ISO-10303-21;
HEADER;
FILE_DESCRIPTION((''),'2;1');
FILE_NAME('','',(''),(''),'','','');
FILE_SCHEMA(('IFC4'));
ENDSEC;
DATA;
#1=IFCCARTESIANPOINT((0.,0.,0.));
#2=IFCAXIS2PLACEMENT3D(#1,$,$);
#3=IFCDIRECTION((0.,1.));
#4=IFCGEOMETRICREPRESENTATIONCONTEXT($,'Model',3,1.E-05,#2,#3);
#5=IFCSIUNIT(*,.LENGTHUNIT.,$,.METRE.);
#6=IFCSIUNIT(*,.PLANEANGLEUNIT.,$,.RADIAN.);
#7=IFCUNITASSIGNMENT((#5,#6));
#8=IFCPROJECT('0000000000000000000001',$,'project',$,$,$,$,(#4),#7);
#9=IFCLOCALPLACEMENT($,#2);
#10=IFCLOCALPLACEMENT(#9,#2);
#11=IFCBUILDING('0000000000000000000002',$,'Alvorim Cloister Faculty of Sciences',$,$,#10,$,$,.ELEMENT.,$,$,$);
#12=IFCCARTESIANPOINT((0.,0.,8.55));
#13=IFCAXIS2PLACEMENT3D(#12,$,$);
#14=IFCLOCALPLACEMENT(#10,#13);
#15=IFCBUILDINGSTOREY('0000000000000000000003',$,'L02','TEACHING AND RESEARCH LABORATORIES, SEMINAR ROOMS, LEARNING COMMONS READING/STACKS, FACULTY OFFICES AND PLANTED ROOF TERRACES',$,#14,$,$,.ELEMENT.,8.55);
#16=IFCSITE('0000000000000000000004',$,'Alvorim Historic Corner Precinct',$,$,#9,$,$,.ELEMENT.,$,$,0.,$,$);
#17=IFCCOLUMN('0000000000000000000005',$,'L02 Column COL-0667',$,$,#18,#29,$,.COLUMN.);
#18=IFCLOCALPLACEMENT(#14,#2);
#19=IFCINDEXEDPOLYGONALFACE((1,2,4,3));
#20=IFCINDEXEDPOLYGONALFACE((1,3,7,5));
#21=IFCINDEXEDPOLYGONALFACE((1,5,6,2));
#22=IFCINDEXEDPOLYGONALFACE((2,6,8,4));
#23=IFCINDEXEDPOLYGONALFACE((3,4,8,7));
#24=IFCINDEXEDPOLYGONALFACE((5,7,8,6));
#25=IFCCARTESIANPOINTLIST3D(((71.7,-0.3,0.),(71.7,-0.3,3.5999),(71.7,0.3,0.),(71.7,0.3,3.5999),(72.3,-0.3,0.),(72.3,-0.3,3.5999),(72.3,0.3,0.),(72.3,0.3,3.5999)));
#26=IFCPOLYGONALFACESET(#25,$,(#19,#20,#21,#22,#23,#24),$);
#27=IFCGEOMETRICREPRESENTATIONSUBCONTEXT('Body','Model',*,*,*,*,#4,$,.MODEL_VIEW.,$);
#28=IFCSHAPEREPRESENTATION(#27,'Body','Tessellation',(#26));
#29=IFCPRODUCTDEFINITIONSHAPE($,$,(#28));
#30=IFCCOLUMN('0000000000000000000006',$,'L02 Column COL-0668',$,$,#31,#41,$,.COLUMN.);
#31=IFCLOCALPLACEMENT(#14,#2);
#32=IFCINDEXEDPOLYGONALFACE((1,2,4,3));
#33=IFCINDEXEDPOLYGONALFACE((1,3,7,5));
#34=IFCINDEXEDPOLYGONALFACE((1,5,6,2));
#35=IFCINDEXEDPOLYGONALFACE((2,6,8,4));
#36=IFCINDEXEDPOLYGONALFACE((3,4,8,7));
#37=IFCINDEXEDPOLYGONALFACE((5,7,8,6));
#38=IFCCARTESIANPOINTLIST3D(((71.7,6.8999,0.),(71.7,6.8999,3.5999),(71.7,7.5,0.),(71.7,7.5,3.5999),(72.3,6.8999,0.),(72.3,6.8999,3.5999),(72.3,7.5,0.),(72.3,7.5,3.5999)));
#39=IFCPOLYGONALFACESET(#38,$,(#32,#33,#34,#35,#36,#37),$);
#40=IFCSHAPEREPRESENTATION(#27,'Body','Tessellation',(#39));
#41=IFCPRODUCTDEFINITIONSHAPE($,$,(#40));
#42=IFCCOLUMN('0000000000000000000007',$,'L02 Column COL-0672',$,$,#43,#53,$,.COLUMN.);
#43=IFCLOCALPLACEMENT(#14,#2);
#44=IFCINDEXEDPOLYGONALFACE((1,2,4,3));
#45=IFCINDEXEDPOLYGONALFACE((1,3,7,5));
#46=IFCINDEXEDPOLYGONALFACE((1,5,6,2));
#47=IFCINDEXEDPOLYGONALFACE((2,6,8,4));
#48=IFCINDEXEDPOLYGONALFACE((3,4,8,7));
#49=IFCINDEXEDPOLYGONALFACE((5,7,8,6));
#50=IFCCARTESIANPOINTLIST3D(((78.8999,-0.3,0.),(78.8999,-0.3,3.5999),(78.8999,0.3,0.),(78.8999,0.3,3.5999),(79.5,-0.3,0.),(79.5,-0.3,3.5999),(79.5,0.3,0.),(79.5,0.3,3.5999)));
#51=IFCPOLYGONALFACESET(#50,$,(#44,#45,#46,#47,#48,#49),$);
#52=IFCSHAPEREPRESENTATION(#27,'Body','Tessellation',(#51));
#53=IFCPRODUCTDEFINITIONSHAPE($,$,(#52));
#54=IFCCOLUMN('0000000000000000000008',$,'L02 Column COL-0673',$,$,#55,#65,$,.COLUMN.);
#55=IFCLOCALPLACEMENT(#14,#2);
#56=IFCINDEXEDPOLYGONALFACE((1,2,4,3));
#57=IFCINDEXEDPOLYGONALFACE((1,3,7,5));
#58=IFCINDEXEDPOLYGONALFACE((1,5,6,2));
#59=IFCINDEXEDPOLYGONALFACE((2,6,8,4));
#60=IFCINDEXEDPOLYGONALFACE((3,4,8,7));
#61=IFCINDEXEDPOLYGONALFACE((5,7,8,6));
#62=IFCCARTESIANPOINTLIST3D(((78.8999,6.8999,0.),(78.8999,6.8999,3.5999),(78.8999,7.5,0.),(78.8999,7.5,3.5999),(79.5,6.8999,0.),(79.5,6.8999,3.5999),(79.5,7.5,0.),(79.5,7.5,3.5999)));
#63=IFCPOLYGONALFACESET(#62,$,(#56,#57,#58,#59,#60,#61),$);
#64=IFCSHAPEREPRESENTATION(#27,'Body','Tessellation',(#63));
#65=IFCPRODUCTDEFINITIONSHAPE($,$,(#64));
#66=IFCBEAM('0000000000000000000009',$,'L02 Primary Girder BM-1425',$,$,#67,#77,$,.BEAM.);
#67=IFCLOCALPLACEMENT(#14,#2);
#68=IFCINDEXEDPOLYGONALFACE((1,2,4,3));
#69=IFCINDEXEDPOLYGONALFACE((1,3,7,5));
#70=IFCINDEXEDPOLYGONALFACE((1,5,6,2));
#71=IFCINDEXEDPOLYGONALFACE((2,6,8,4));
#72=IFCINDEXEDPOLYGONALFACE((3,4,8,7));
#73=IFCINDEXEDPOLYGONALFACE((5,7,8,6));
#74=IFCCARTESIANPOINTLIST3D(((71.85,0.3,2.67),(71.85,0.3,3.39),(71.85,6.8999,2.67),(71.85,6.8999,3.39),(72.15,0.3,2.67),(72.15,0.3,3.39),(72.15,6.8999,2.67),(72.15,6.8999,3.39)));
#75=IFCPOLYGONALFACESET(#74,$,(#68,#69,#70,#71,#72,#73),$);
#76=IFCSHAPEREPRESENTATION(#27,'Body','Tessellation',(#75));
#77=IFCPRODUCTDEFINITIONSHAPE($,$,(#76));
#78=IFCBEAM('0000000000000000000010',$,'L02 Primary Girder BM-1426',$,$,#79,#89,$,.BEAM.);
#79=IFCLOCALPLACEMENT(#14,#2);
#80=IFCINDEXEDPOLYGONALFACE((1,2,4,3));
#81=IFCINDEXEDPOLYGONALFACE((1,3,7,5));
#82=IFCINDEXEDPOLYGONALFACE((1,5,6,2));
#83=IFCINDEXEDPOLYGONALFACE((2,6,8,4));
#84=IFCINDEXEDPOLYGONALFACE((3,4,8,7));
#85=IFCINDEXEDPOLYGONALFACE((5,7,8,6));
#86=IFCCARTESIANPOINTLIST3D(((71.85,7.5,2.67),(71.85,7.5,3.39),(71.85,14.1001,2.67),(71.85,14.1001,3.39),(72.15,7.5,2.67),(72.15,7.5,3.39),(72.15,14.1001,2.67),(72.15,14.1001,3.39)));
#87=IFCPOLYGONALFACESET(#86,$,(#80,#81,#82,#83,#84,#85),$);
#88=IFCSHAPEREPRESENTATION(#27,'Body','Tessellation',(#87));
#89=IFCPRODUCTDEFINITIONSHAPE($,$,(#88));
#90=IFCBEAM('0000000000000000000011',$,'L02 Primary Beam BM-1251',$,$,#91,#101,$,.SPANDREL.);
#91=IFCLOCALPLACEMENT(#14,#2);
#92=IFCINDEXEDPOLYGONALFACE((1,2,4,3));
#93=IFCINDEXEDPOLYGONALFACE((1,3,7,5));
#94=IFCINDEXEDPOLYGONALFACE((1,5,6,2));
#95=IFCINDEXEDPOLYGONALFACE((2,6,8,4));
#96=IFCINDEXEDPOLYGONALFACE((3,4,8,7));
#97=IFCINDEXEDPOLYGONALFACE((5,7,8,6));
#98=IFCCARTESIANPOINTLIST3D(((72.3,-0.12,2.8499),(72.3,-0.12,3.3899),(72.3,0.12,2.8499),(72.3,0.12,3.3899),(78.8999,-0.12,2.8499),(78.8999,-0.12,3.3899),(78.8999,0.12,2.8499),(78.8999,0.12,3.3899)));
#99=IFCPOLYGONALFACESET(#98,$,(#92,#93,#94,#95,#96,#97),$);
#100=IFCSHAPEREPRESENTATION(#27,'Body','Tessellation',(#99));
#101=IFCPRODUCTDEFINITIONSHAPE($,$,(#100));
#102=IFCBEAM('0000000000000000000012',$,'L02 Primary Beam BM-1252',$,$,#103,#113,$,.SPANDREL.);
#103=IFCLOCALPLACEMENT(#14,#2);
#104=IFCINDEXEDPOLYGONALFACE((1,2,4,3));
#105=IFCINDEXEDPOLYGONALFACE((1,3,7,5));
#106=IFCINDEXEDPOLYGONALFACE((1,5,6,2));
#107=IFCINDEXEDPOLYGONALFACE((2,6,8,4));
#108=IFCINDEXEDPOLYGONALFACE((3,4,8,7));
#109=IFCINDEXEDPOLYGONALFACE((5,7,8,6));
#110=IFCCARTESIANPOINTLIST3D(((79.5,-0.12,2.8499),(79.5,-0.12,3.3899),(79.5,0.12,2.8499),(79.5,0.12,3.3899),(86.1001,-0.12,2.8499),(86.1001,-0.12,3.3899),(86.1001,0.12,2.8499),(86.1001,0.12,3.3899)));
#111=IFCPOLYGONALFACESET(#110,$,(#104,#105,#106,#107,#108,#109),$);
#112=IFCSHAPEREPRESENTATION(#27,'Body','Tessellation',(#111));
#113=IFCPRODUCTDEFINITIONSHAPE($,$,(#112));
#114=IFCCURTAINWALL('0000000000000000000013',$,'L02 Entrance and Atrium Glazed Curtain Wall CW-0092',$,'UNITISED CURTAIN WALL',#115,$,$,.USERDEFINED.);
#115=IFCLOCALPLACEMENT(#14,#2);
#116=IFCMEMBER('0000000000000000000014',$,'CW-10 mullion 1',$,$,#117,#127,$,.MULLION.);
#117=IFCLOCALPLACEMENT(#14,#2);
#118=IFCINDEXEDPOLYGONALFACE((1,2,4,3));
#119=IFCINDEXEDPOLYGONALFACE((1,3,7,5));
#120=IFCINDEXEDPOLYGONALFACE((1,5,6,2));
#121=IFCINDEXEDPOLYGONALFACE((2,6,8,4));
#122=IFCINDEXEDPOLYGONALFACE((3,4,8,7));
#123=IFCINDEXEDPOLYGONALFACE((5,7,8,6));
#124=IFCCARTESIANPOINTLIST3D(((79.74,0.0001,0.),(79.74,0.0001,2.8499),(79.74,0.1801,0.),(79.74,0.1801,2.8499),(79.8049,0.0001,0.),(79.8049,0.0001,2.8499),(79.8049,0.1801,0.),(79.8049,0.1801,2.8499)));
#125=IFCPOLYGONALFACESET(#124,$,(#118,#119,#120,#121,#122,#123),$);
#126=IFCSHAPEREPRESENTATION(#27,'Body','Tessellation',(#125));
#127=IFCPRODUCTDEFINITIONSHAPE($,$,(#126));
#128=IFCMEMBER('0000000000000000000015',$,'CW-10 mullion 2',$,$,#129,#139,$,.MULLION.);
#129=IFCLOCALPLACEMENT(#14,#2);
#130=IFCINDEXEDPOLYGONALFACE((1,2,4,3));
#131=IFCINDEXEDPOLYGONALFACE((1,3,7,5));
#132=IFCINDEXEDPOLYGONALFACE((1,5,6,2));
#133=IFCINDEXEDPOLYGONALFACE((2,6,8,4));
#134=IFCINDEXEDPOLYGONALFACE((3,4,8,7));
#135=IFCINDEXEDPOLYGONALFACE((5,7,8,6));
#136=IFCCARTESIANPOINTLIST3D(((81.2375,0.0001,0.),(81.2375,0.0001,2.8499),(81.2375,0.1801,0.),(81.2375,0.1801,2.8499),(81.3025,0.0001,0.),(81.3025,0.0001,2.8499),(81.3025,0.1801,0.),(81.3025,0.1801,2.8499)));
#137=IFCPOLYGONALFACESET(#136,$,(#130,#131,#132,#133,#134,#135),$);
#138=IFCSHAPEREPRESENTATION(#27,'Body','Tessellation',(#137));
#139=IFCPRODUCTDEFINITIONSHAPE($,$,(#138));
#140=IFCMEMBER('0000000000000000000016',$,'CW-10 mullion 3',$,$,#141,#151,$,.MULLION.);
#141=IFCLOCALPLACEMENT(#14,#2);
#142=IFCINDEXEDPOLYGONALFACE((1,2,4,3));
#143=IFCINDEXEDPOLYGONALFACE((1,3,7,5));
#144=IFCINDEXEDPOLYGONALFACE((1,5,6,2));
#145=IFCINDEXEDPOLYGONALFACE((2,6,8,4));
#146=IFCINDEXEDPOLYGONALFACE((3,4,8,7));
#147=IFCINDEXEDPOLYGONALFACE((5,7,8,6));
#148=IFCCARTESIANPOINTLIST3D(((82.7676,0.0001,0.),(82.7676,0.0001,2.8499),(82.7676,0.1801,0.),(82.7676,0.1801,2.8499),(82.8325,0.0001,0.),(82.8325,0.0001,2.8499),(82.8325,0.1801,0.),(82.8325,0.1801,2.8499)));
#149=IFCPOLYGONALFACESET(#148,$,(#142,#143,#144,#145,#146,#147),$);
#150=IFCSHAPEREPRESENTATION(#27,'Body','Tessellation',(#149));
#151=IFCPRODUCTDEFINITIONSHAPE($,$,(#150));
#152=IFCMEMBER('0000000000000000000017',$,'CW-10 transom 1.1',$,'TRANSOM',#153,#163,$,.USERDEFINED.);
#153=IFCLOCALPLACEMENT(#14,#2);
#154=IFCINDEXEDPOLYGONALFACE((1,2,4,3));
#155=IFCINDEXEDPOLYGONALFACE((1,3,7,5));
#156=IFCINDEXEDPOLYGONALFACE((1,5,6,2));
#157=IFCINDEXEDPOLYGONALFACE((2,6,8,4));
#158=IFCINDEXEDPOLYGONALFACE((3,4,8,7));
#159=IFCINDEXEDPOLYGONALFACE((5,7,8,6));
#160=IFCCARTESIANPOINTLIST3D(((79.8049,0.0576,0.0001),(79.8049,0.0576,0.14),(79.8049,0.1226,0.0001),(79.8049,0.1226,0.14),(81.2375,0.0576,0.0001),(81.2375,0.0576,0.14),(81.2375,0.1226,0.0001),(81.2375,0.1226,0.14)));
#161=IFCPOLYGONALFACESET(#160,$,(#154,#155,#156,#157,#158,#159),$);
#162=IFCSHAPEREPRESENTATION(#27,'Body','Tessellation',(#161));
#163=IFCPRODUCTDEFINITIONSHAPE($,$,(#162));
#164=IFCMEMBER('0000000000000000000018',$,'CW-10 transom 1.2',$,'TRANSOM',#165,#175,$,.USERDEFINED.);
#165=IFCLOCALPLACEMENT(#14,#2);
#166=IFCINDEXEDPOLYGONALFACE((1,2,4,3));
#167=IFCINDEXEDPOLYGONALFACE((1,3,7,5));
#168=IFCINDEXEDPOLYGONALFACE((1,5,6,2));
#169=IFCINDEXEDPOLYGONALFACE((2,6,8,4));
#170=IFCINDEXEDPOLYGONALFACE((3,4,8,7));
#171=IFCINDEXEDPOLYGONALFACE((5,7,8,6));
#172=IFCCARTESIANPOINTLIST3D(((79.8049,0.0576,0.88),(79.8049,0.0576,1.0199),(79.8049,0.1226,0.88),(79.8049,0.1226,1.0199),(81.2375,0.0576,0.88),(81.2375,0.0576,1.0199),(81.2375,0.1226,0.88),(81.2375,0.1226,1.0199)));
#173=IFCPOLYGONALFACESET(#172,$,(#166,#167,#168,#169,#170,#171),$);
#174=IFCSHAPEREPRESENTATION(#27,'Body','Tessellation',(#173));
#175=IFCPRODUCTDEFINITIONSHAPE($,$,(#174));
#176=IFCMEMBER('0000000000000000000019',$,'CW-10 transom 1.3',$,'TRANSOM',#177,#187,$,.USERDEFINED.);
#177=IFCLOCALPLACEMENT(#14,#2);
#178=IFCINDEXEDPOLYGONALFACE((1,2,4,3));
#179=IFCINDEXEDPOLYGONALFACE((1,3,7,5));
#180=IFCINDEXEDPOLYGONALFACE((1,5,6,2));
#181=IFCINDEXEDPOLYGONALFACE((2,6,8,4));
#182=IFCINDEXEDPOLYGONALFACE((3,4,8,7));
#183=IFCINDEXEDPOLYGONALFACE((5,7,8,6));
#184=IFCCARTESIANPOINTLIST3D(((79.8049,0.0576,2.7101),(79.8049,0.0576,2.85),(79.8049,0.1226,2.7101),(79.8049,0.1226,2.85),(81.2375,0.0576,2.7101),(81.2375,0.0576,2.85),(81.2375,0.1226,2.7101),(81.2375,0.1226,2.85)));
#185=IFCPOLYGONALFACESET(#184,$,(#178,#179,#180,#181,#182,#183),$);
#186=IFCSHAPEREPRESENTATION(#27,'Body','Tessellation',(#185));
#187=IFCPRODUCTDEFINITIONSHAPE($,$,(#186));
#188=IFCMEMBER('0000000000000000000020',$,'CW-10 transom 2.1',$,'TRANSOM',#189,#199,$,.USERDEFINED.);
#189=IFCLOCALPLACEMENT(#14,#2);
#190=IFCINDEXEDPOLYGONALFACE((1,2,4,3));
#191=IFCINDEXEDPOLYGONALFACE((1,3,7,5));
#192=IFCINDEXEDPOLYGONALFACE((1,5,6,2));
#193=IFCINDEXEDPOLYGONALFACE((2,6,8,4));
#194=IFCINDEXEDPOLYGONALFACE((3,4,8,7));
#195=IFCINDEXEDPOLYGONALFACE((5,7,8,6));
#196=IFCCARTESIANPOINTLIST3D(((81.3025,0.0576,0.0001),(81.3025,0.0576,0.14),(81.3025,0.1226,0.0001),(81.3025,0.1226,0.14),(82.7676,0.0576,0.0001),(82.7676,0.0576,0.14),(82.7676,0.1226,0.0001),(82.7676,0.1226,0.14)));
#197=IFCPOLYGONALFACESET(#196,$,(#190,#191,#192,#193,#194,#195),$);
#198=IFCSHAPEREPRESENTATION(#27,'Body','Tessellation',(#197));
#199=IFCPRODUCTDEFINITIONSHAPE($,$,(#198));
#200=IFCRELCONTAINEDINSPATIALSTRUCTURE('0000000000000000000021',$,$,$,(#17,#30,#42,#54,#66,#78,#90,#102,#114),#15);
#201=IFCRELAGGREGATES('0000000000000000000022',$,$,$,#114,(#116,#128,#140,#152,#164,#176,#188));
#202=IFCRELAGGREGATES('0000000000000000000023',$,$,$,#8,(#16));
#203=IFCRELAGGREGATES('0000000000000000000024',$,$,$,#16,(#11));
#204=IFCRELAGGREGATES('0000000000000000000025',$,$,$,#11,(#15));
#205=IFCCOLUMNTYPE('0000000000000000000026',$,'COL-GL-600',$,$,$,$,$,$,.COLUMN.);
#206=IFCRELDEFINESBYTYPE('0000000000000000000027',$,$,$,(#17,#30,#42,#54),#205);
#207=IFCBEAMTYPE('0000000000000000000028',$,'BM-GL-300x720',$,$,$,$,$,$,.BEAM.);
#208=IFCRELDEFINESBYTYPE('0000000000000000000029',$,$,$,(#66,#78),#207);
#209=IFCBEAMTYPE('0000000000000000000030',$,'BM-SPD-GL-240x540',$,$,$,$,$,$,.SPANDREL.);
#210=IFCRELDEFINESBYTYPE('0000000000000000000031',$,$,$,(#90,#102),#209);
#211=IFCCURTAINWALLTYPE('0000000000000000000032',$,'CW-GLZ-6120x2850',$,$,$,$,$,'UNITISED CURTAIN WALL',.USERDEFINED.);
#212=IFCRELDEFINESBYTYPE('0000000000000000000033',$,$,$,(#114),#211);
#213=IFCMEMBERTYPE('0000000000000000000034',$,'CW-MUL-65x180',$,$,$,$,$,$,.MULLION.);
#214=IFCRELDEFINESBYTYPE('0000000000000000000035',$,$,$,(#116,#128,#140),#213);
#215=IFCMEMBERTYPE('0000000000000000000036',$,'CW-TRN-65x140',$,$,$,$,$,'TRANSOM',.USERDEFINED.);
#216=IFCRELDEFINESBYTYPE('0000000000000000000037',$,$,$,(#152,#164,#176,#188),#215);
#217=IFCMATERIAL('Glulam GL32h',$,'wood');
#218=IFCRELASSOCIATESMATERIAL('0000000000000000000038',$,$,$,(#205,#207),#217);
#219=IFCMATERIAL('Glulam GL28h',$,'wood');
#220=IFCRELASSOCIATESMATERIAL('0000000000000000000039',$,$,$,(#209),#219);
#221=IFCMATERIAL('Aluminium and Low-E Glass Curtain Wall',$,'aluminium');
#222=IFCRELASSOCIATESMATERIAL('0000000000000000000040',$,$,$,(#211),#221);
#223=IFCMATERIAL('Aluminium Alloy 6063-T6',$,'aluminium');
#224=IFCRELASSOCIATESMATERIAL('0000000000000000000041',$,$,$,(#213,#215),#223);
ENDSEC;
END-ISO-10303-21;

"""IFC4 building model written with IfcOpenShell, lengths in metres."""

from ifc_helpers import new_model, si_unit, direction, frame, origin, origin_2d, place, context, subcontext, project, spatial, rectangle, extrude, material, material_profile, profile_set, type_object, element, aggregate, save


model = new_model("IFC4")

# Units and contexts
model_context = context("Model", 3, precision=1e-05, world=origin(), true_north=direction((0.0, 1.0)))
body_context = subcontext(model_context, "Body", "Model", "MODEL_VIEW")
ifc_project = project(units=[si_unit("LENGTHUNIT", "METRE"), si_unit("PLANEANGLEUNIT", "RADIAN")], contexts=[model_context])

# Site, building, storey
site_placement = place(None, origin())
site = spatial("IfcSite", under=ifc_project, at=site_placement, Name="Alvorim Historic Corner Precinct", CompositionType="ELEMENT", RefElevation=0.0)
building_placement = place(site_placement, origin())
building = spatial("IfcBuilding", under=site, at=building_placement, Name="Alvorim Cloister Faculty of Sciences", CompositionType="ELEMENT")
storey_placement = place(building_placement, frame((0.0, 0.0, 8.55)))
storey = spatial("IfcBuildingStorey", under=building, at=storey_placement, Name="L02", Description="TEACHING AND RESEARCH LABORATORIES, SEMINAR ROOMS, LEARNING COMMONS READING/STACKS, FACULTY OFFICES AND PLANTED ROOF TERRACES", CompositionType="ELEMENT", Elevation=8.55)

# Columns
ifc_material_1 = material(Name="Glulam GL32h", Category="wood")
ifc_material_profile_1 = material_profile(ifc_material_1, rectangle(XDim=0.6001, YDim=0.6001, at=origin_2d()), Name="GL32-COL-600x600")
ifc_profile_set_1 = profile_set([ifc_material_profile_1], Name="Glulam GL32h")
column_type = type_object("IfcColumnType", Name="COL-GL-600", PredefinedType="COLUMN", material=ifc_profile_set_1)
for number, where, z_axis, x_axis, name in (
    (1, (72.0, 0.0, 0.0), (0.0, 0.0, 1.0), (1.0, 0.0, 0.0), "L02 Column COL-0667"),
    (2, (72.0, 7.2, 0.0), (0.0, 0.0, 1.0), (1.0, 0.0, 0.0), "L02 Column COL-0668"),
    (3, (79.2, 0.0, 0.0), (0.0, 0.0, 1.0), (1.0, 0.0, 0.0), "L02 Column COL-0672"),
    (4, (79.2, 7.2, 0.0), (0.0, 0.0, 1.0), (1.0, 0.0, 0.0), "L02 Column COL-0673"),
):
    element("IfcColumn", number, at=place(storey_placement, frame(where, z_axis=z_axis, x_axis=x_axis)), inside=storey, type_object=column_type, Name=name, PredefinedType="COLUMN", context=body_context, shape_type="SweptSolid", body=[
        extrude(rectangle(XDim=0.6001, YDim=0.6001, at=origin_2d()), origin(), (0.0, 0.0, 1.0), 3.5999),
    ])

# Beams
ifc_material_profile_2 = material_profile(ifc_material_1, rectangle(XDim=0.3, YDim=0.72, at=origin_2d()), Name="GL32-BM-300x720")
ifc_profile_set_2 = profile_set([ifc_material_profile_2], Name="Glulam GL32h")
beam_type_1 = type_object("IfcBeamType", Name="BM-GL-300x720", PredefinedType="BEAM", material=ifc_profile_set_2)
beam_1_placement = place(storey_placement, frame((72.0, 0.3, 3.03), z_axis=(0.0, 1.0, 0.0), x_axis=(-1.0, 0.0, 0.0)))
element("IfcBeam", 5, at=beam_1_placement, inside=storey, type_object=beam_type_1, Name="L02 Primary Girder BM-1425", PredefinedType="BEAM", context=body_context, shape_type="SweptSolid", body=[
    extrude(rectangle(XDim=0.3, YDim=0.72, at=origin_2d()), origin(), (0.0, 0.0, 1.0), 6.5999),
])
beam_2_placement = place(storey_placement, frame((72.0, 7.5, 3.03), z_axis=(0.0, 1.0, 0.0), x_axis=(-1.0, 0.0, 0.0)))
element("IfcBeam", 6, at=beam_2_placement, inside=storey, type_object=beam_type_1, Name="L02 Primary Girder BM-1426", PredefinedType="BEAM", context=body_context, shape_type="SweptSolid", body=[
    extrude(rectangle(XDim=0.3, YDim=0.72, at=origin_2d()), origin(), (0.0, 0.0, 1.0), 6.6001),
])
ifc_material_2 = material(Name="Glulam GL28h", Category="wood")
ifc_material_profile_3 = material_profile(ifc_material_2, rectangle(XDim=0.24, YDim=0.54, at=origin_2d()), Name="GL28-SPD-240x540")
ifc_profile_set_3 = profile_set([ifc_material_profile_3], Name="Glulam GL28h")
beam_type_2 = type_object("IfcBeamType", Name="BM-SPD-GL-240x540", PredefinedType="SPANDREL", material=ifc_profile_set_3)
beam_3_placement = place(storey_placement, frame((72.3, 0.0, 3.1199), z_axis=(1.0, 0.0, 0.0), x_axis=(0.0, 1.0, 0.0)))
element("IfcBeam", 7, at=beam_3_placement, inside=storey, type_object=beam_type_2, Name="L02 Primary Beam BM-1251", PredefinedType="SPANDREL", context=body_context, shape_type="SweptSolid", body=[
    extrude(rectangle(XDim=0.24, YDim=0.54, at=origin_2d()), origin(), (0.0, 0.0, 1.0), 6.5999),
])
beam_4_placement = place(storey_placement, frame((79.5, 0.0, 3.1199), z_axis=(1.0, 0.0, 0.0), x_axis=(0.0, 1.0, 0.0)))
element("IfcBeam", 8, at=beam_4_placement, inside=storey, type_object=beam_type_2, Name="L02 Primary Beam BM-1252", PredefinedType="SPANDREL", context=body_context, shape_type="SweptSolid", body=[
    extrude(rectangle(XDim=0.24, YDim=0.54, at=origin_2d()), origin(), (0.0, 0.0, 1.0), 6.6001),
])

# Curtain wall, members
ifc_material_3 = material(Name="Aluminium and Low-E Glass Curtain Wall", Category="aluminium")
curtain_wall_type = type_object("IfcCurtainWallType", Name="CW-GLZ-6120x2850", ElementType="UNITISED CURTAIN WALL", PredefinedType="USERDEFINED", material=ifc_material_3)
curtain_wall_placement = place(storey_placement, origin())
curtain_wall = element("IfcCurtainWall", 9, at=curtain_wall_placement, inside=storey, type_object=curtain_wall_type, Name="L02 Entrance and Atrium Glazed Curtain Wall CW-0092", ObjectType="UNITISED CURTAIN WALL", PredefinedType="USERDEFINED")
ifc_material_4 = material(Name="Aluminium Alloy 6063-T6", Category="aluminium")
ifc_material_profile_4 = material_profile(ifc_material_4, rectangle(XDim=0.0649, YDim=0.1799, at=origin_2d()), Name="ALU-MUL-65x180")
ifc_profile_set_4 = profile_set([ifc_material_profile_4], Name="Aluminium Alloy 6063-T6")
member_type_1 = type_object("IfcMemberType", Name="CW-MUL-65x180", PredefinedType="MULLION", material=ifc_profile_set_4)
member_1_placement = place(storey_placement, frame((79.7725, 0.0901, 0.0), z_axis=(0.0, 0.0, 1.0), x_axis=(1.0, 0.0, 0.0)))
member_1 = element("IfcMember", 10, at=member_1_placement, type_object=member_type_1, Name="CW-10 mullion 1", PredefinedType="MULLION", context=body_context, shape_type="SweptSolid", body=[
    extrude(rectangle(XDim=0.0649, YDim=0.1799, at=origin_2d()), origin(), (0.0, 0.0, 1.0), 2.8499),
])
member_2_placement = place(storey_placement, frame((81.27, 0.0901, 0.0), z_axis=(0.0, 0.0, 1.0), x_axis=(1.0, 0.0, 0.0)))
member_2 = element("IfcMember", 11, at=member_2_placement, type_object=member_type_1, Name="CW-10 mullion 2", PredefinedType="MULLION", context=body_context, shape_type="SweptSolid", body=[
    extrude(rectangle(XDim=0.0649, YDim=0.1799, at=origin_2d()), origin(), (0.0, 0.0, 1.0), 2.8499),
])
member_3_placement = place(storey_placement, frame((82.8, 0.0901, 0.0), z_axis=(0.0, 0.0, 1.0), x_axis=(1.0, 0.0, 0.0)))
member_3 = element("IfcMember", 12, at=member_3_placement, type_object=member_type_1, Name="CW-10 mullion 3", PredefinedType="MULLION", context=body_context, shape_type="SweptSolid", body=[
    extrude(rectangle(XDim=0.0649, YDim=0.1799, at=origin_2d()), origin(), (0.0, 0.0, 1.0), 2.8499),
])
ifc_material_profile_5 = material_profile(ifc_material_4, rectangle(XDim=0.0649, YDim=0.1399, at=origin_2d()), Name="ALU-TRN-65x140")
ifc_profile_set_5 = profile_set([ifc_material_profile_5], Name="Aluminium Alloy 6063-T6")
member_type_2 = type_object("IfcMemberType", Name="CW-TRN-65x140", ElementType="TRANSOM", PredefinedType="USERDEFINED", material=ifc_profile_set_5)
member_4_placement = place(storey_placement, frame((79.8049, 0.0901, 0.0701), z_axis=(1.0, 0.0, 0.0), x_axis=(0.0, 1.0, 0.0)))
member_4 = element("IfcMember", 13, at=member_4_placement, type_object=member_type_2, Name="CW-10 transom 1.1", ObjectType="TRANSOM", PredefinedType="USERDEFINED", context=body_context, shape_type="SweptSolid", body=[
    extrude(rectangle(XDim=0.0649, YDim=0.1399, at=origin_2d()), origin(), (0.0, 0.0, 1.0), 1.4326),
])
member_5_placement = place(storey_placement, frame((79.8049, 0.0901, 0.95), z_axis=(1.0, 0.0, 0.0), x_axis=(0.0, 1.0, 0.0)))
member_5 = element("IfcMember", 14, at=member_5_placement, type_object=member_type_2, Name="CW-10 transom 1.2", ObjectType="TRANSOM", PredefinedType="USERDEFINED", context=body_context, shape_type="SweptSolid", body=[
    extrude(rectangle(XDim=0.0649, YDim=0.1399, at=origin_2d()), origin(), (0.0, 0.0, 1.0), 1.4326),
])
member_6_placement = place(storey_placement, frame((79.8049, 0.0901, 2.78), z_axis=(1.0, 0.0, 0.0), x_axis=(0.0, 1.0, 0.0)))
member_6 = element("IfcMember", 15, at=member_6_placement, type_object=member_type_2, Name="CW-10 transom 1.3", ObjectType="TRANSOM", PredefinedType="USERDEFINED", context=body_context, shape_type="SweptSolid", body=[
    extrude(rectangle(XDim=0.0649, YDim=0.1399, at=origin_2d()), origin(), (0.0, 0.0, 1.0), 1.4326),
])
member_7_placement = place(storey_placement, frame((81.3025, 0.0901, 0.0701), z_axis=(1.0, 0.0, 0.0), x_axis=(0.0, 1.0, 0.0)))
member_7 = element("IfcMember", 16, at=member_7_placement, type_object=member_type_2, Name="CW-10 transom 2.1", ObjectType="TRANSOM", PredefinedType="USERDEFINED", context=body_context, shape_type="SweptSolid", body=[
    extrude(rectangle(XDim=0.0649, YDim=0.1399, at=origin_2d()), origin(), (0.0, 0.0, 1.0), 1.4651),
])
aggregate(curtain_wall, [member_1, member_2, member_3, member_4, member_5, member_6, member_7])

save(model, "model.ifc")
